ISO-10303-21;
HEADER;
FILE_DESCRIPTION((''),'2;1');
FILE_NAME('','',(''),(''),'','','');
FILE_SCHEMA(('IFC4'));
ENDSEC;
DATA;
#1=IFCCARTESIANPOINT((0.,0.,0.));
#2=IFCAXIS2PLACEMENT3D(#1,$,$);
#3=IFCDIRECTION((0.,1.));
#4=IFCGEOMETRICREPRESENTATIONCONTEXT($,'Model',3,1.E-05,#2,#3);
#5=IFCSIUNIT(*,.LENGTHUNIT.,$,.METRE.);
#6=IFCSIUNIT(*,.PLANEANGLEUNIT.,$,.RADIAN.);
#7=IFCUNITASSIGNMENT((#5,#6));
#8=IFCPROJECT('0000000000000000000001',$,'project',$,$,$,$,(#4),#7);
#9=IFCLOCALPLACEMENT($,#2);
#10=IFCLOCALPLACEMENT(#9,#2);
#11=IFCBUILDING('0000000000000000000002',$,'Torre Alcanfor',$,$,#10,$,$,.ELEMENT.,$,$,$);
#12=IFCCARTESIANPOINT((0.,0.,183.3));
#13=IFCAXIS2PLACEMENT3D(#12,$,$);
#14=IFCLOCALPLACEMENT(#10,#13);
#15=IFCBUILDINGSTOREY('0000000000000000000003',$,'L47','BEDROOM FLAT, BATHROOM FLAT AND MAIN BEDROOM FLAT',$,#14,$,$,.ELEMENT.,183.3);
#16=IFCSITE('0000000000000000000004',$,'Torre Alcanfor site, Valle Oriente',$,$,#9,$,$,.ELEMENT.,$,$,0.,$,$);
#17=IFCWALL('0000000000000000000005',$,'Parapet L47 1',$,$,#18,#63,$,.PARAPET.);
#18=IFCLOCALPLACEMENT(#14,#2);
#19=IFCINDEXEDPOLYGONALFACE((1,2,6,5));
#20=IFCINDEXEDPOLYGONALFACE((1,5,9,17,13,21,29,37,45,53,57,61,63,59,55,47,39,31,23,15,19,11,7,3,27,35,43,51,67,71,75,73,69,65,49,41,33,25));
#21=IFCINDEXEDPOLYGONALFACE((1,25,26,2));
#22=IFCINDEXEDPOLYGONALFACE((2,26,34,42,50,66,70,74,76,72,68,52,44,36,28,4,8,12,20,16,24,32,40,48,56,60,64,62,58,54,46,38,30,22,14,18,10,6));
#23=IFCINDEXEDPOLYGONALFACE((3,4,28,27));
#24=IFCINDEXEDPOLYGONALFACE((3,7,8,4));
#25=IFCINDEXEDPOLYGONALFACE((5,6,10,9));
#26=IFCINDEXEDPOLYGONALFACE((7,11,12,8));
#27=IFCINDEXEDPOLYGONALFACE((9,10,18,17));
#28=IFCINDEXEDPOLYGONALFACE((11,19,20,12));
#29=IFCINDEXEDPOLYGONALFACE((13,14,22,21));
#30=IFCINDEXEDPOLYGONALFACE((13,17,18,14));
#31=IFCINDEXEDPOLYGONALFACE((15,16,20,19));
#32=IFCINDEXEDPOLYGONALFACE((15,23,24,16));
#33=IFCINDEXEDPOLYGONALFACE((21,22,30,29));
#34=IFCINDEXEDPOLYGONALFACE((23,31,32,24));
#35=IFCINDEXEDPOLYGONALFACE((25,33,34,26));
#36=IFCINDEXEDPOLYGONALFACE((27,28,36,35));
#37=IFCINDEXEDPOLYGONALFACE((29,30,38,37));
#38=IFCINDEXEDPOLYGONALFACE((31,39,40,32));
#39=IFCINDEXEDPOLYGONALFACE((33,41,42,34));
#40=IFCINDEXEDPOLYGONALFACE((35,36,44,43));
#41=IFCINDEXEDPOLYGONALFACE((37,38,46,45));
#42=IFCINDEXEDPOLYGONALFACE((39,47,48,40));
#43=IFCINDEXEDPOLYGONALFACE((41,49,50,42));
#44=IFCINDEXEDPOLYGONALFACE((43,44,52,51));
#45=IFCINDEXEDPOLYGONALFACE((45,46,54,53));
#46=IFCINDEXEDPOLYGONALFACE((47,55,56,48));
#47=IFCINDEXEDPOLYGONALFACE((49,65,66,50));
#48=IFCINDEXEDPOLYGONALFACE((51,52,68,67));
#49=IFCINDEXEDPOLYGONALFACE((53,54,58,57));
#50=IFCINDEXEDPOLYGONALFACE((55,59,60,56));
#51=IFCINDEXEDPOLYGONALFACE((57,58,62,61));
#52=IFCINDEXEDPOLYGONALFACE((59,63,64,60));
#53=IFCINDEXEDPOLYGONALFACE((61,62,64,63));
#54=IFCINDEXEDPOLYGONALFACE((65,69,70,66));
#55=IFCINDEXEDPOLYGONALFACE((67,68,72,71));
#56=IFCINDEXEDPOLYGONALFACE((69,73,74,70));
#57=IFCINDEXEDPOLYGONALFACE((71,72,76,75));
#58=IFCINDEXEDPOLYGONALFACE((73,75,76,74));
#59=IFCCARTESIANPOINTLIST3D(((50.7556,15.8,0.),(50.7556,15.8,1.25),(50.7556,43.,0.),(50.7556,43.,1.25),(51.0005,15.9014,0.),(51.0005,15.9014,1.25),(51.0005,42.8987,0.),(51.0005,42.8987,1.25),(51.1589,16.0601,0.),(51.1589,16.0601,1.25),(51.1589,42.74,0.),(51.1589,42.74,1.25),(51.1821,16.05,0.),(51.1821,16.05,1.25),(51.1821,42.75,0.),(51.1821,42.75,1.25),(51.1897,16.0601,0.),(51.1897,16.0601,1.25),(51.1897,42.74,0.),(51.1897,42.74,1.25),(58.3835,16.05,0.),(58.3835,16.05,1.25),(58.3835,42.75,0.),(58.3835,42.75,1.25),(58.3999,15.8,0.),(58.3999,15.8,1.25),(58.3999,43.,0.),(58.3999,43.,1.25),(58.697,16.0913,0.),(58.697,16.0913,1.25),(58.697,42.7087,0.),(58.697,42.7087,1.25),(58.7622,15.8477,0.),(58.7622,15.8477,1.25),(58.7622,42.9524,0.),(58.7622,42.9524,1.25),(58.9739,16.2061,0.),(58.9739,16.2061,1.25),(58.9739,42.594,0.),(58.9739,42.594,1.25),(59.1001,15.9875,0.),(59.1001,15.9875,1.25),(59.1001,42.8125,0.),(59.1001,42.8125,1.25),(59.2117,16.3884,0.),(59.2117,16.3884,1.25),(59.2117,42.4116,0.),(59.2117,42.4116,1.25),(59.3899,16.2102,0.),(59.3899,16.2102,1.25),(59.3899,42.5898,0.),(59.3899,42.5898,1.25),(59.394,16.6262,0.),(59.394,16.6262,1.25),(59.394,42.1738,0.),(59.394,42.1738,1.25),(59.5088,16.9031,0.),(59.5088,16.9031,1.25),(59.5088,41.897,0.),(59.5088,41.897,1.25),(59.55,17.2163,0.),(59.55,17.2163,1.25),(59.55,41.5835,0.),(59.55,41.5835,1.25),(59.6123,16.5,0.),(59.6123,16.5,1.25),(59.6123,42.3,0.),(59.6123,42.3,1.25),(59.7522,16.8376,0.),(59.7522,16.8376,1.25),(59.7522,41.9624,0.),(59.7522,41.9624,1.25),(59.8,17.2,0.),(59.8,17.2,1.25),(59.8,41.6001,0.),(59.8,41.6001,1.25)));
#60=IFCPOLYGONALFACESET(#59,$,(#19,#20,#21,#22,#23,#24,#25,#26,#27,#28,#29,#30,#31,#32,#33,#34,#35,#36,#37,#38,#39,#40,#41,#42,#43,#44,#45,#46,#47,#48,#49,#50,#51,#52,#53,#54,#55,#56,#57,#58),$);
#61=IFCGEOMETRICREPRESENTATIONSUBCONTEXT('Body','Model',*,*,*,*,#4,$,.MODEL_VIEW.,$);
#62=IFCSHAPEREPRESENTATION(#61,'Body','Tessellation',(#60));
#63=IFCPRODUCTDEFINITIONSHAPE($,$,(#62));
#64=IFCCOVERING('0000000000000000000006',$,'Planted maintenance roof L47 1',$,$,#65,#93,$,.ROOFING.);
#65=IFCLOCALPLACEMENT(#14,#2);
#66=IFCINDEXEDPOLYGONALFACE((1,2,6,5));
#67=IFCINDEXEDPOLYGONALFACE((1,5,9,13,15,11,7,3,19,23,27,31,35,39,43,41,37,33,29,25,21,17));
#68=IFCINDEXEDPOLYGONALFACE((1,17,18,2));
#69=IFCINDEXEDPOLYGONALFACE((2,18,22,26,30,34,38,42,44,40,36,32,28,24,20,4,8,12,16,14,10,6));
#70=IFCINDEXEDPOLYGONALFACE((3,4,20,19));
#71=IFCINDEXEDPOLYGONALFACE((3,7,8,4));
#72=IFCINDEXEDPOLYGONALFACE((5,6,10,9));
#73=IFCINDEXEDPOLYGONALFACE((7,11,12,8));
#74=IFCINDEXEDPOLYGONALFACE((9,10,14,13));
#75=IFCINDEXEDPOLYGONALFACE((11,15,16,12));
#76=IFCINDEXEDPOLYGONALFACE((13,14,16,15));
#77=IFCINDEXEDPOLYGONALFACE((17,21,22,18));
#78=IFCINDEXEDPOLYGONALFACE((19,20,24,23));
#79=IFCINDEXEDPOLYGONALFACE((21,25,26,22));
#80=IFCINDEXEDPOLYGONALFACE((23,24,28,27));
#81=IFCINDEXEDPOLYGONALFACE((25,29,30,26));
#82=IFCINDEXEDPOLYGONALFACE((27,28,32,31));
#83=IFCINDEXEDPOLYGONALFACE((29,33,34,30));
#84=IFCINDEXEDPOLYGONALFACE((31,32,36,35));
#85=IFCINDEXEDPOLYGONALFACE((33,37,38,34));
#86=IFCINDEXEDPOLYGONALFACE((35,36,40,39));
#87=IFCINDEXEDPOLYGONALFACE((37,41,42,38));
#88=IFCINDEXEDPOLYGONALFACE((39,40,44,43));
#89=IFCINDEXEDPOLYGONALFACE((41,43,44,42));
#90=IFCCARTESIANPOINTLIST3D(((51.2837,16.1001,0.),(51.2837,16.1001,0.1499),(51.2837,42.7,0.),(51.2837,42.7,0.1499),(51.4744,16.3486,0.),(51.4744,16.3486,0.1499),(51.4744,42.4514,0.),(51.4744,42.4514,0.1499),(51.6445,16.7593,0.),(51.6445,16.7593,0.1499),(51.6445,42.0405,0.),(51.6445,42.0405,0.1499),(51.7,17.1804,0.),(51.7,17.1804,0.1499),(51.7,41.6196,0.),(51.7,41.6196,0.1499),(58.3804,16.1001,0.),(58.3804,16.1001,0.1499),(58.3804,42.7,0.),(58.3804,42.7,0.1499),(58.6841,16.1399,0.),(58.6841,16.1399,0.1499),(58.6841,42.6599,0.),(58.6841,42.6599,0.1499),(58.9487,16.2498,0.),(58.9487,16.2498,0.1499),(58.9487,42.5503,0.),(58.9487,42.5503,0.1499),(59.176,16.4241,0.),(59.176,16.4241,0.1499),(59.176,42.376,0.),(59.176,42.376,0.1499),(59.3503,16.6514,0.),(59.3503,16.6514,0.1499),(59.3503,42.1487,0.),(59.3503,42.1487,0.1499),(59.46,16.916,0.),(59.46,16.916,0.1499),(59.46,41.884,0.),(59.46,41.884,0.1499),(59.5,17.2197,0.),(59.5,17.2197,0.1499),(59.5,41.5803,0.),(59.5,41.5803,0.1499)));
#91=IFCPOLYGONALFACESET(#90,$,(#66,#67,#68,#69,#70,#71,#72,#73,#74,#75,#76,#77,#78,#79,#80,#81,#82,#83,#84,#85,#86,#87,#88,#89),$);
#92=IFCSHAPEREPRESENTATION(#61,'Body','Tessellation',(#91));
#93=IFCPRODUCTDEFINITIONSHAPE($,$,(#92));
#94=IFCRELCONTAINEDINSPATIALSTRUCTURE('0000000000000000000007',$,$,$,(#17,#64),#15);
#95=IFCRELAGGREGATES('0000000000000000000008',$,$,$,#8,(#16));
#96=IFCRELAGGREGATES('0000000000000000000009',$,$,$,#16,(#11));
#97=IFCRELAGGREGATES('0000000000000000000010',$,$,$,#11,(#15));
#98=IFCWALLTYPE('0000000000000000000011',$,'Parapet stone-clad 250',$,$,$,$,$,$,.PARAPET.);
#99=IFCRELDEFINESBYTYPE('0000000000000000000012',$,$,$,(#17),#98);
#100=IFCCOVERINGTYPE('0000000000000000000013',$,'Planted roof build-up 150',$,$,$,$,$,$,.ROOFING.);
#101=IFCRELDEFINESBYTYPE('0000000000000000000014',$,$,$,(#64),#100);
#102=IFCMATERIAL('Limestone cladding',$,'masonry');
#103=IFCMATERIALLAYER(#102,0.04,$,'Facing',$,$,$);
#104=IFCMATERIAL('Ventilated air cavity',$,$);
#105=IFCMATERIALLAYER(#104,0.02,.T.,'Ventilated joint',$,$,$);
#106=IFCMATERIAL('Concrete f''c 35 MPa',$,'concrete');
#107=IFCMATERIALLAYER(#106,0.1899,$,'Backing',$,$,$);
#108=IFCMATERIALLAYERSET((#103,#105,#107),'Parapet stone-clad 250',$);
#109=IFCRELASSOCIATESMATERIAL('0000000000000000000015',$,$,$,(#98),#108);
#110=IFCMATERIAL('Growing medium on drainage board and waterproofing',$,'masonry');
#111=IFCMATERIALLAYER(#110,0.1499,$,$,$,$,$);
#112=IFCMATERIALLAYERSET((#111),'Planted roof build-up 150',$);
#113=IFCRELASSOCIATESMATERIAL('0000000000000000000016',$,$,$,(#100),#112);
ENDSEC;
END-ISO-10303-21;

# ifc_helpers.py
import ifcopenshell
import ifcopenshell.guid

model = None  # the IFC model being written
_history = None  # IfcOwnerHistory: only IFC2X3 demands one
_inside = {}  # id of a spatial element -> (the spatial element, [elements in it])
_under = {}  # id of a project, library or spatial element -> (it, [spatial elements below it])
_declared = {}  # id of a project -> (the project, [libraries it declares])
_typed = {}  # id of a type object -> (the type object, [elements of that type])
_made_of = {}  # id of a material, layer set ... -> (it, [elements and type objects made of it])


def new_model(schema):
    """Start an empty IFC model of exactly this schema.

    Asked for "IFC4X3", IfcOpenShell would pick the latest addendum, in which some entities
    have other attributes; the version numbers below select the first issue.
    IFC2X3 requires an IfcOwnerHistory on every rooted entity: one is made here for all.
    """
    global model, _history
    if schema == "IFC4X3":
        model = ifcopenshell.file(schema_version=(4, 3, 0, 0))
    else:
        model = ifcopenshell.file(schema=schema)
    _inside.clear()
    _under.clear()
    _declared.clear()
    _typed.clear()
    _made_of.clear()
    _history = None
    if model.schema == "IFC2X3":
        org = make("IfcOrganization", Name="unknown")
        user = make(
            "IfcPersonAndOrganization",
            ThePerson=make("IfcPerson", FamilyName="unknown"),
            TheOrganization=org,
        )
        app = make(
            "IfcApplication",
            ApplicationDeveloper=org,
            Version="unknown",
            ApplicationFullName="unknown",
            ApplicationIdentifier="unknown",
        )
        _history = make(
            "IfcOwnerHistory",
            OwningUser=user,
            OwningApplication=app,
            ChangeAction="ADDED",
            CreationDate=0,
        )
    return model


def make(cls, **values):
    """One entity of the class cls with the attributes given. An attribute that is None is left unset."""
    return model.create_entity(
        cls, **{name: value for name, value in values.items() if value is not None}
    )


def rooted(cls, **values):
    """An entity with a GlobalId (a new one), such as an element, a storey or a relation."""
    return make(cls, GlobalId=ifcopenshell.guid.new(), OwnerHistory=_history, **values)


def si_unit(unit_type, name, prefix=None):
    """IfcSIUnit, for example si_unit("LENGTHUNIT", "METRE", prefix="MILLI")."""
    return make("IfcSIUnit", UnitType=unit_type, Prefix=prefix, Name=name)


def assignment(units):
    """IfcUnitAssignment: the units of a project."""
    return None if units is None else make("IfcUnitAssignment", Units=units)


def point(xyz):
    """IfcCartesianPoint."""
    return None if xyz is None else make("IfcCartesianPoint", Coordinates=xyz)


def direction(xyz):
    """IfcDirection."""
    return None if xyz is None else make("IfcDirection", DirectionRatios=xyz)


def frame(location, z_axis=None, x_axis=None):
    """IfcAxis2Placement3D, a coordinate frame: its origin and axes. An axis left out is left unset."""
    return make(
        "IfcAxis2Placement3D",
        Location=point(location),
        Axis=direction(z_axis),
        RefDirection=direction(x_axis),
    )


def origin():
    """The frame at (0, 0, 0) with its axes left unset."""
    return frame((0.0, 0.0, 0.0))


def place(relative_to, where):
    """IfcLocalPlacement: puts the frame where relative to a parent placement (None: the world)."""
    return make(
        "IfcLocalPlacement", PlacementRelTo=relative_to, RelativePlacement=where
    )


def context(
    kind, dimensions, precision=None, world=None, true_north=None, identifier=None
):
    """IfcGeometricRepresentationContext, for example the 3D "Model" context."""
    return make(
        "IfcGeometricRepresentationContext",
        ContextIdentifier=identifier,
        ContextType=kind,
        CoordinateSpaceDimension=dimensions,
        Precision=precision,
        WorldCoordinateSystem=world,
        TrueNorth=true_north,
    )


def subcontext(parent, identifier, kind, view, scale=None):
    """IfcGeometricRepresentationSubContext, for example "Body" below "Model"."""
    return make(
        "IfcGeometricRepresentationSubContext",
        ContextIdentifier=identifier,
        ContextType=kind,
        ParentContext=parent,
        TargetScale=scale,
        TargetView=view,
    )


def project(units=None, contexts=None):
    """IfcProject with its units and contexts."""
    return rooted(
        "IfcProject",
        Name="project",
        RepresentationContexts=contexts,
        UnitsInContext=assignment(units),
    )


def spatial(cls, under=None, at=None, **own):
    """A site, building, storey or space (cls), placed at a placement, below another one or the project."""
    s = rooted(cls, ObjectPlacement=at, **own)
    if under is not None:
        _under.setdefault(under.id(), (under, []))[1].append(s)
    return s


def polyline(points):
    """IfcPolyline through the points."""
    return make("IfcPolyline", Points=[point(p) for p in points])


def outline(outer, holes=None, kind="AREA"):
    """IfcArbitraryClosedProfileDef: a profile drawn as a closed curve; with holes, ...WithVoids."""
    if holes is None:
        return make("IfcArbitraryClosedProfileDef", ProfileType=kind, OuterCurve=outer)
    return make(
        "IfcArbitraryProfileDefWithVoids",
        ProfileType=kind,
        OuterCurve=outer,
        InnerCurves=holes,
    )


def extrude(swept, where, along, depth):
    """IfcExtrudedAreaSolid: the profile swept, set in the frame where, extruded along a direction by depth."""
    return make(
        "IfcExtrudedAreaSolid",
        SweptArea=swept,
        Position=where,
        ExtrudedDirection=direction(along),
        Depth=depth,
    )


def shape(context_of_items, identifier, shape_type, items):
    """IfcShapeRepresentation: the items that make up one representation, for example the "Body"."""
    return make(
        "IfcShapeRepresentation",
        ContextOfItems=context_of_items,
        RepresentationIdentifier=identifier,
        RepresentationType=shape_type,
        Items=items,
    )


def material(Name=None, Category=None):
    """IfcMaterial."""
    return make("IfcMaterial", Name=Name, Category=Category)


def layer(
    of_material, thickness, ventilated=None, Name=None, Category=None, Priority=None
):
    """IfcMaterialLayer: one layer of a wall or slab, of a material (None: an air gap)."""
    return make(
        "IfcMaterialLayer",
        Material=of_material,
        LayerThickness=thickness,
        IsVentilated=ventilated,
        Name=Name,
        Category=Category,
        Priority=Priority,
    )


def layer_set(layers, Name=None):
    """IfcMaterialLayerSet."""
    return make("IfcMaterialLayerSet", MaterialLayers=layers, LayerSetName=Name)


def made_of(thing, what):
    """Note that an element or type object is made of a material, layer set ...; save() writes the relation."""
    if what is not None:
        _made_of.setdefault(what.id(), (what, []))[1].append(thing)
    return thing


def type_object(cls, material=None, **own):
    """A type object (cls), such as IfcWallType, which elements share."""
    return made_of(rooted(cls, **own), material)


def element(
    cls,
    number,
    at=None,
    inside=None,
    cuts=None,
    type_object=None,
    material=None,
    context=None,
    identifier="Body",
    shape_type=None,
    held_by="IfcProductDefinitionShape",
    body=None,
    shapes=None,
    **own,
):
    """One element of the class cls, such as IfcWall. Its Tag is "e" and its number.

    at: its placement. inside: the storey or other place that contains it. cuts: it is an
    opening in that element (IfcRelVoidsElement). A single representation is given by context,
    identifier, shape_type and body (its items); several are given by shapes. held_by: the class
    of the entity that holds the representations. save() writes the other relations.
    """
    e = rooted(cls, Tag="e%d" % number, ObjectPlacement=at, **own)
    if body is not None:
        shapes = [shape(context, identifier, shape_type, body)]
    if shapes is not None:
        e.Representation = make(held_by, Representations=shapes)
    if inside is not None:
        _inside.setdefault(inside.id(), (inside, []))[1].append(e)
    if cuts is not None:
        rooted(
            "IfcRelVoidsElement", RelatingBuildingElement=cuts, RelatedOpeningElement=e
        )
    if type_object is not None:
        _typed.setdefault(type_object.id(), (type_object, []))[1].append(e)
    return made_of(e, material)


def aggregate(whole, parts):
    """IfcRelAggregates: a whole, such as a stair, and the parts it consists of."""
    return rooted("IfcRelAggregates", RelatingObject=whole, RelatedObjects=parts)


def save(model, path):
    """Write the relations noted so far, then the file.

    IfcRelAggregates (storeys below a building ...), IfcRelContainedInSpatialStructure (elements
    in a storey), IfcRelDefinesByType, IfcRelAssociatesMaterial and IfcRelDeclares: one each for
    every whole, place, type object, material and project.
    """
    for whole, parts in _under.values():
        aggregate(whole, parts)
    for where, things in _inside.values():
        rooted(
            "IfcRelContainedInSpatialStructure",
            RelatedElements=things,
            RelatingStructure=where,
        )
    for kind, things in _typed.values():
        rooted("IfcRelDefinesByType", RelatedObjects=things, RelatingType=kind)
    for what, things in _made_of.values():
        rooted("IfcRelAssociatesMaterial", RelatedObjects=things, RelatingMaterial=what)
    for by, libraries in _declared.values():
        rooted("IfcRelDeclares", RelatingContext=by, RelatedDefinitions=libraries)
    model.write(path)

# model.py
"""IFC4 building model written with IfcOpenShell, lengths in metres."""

from ifc_helpers import new_model, si_unit, direction, frame, origin, place, context, subcontext, project, spatial, polyline, outline, extrude, material, layer, layer_set, type_object, element, save


model = new_model("IFC4")

# Units and contexts
model_context = context("Model", 3, precision=1e-05, world=origin(), true_north=direction((0.0, 1.0)))
body_context = subcontext(model_context, "Body", "Model", "MODEL_VIEW")
ifc_project = project(units=[si_unit("LENGTHUNIT", "METRE"), si_unit("PLANEANGLEUNIT", "RADIAN")], contexts=[model_context])

# Site, building, storey
site_placement = place(None, origin())
site = spatial("IfcSite", under=ifc_project, at=site_placement, Name="Torre Alcanfor site, Valle Oriente", CompositionType="ELEMENT", RefElevation=0.0)
building_placement = place(site_placement, origin())
building = spatial("IfcBuilding", under=site, at=building_placement, Name="Torre Alcanfor", CompositionType="ELEMENT")
storey_placement = place(building_placement, frame((0.0, 0.0, 183.3)))
storey = spatial("IfcBuildingStorey", under=building, at=storey_placement, Name="L47", Description="BEDROOM FLAT, BATHROOM FLAT AND MAIN BEDROOM FLAT", CompositionType="ELEMENT", Elevation=183.3)

# Shared definitions
ifc_material_1 = material(Name="Limestone cladding", Category="masonry")
ifc_material_2 = material(Name="Ventilated air cavity")
ifc_material_3 = material(Name="Concrete f'c 35 MPa", Category="concrete")

# Wall
ifc_layer_1 = layer(ifc_material_1, 0.04, Name="Facing")
ifc_layer_2 = layer(ifc_material_2, 0.02, ventilated=True, Name="Ventilated joint")
ifc_layer_3 = layer(ifc_material_3, 0.1899, Name="Backing")
ifc_layer_set_1 = layer_set([ifc_layer_1, ifc_layer_2, ifc_layer_3], Name="Parapet stone-clad 250")
wall_type_1 = type_object("IfcWallType", Name="Parapet stone-clad 250", PredefinedType="PARAPET", material=ifc_layer_set_1)
wall_1_placement = place(storey_placement, origin())
element("IfcWall", 1, at=wall_1_placement, inside=storey, type_object=wall_type_1, Name="Parapet L47 1", PredefinedType="PARAPET", context=body_context, shape_type="SweptSolid", body=[
    extrude(outline(polyline([(59.1001, 42.8125), (59.3899, 42.5898), (59.6123, 42.3), (59.7522, 41.9624), (59.8, 41.6001), (59.8, 17.2), (59.7522, 16.8376), (59.6123, 16.5), (59.3899, 16.2102), (59.1001, 15.9875), (58.7622, 15.8477), (58.3999, 15.8), (50.7556, 15.8), (51.0005, 15.9014), (51.1589, 16.0601), (51.1897, 16.0601), (51.1821, 16.05), (58.3835, 16.05), (58.697, 16.0913), (58.9739, 16.2061), (59.2117, 16.3884), (59.394, 16.6262), (59.5088, 16.9031), (59.55, 17.2163), (59.55, 41.5835), (59.5088, 41.897), (59.394, 42.1738), (59.2117, 42.4116), (58.9739, 42.594), (58.697, 42.7087), (58.3835, 42.75), (51.1821, 42.75), (51.1897, 42.74), (51.1589, 42.74), (51.0005, 42.8987), (50.7556, 43.0), (58.3999, 43.0), (58.7622, 42.9524), (59.1001, 42.8125)])), origin(), (0.0, 0.0, 1.0), 1.25),
])

# Covering
ifc_material_4 = material(Name="Growing medium on drainage board and waterproofing", Category="masonry")
ifc_layer_4 = layer(ifc_material_4, 0.1499)
ifc_layer_set_2 = layer_set([ifc_layer_4], Name="Planted roof build-up 150")
covering_type = type_object("IfcCoveringType", Name="Planted roof build-up 150", PredefinedType="ROOFING", material=ifc_layer_set_2)
covering_placement = place(storey_placement, origin())
element("IfcCovering", 2, at=covering_placement, inside=storey, type_object=covering_type, Name="Planted maintenance roof L47 1", PredefinedType="ROOFING", context=body_context, shape_type="SweptSolid", body=[
    extrude(outline(polyline([(51.2837, 42.7), (58.3804, 42.7), (58.6841, 42.6599), (58.9487, 42.5503), (59.176, 42.376), (59.3503, 42.1487), (59.46, 41.884), (59.5, 41.5803), (59.5, 17.2197), (59.46, 16.916), (59.3503, 16.6514), (59.176, 16.4241), (58.9487, 16.2498), (58.6841, 16.1399), (58.3804, 16.1001), (51.2837, 16.1001), (51.4744, 16.3486), (51.6445, 16.7593), (51.7, 17.1804), (51.7, 41.6196), (51.6445, 42.0405), (51.4744, 42.4514), (51.2837, 42.7)])), origin(), (0.0, 0.0, 1.0), 0.1499),
])

save(model, "model.ifc")
